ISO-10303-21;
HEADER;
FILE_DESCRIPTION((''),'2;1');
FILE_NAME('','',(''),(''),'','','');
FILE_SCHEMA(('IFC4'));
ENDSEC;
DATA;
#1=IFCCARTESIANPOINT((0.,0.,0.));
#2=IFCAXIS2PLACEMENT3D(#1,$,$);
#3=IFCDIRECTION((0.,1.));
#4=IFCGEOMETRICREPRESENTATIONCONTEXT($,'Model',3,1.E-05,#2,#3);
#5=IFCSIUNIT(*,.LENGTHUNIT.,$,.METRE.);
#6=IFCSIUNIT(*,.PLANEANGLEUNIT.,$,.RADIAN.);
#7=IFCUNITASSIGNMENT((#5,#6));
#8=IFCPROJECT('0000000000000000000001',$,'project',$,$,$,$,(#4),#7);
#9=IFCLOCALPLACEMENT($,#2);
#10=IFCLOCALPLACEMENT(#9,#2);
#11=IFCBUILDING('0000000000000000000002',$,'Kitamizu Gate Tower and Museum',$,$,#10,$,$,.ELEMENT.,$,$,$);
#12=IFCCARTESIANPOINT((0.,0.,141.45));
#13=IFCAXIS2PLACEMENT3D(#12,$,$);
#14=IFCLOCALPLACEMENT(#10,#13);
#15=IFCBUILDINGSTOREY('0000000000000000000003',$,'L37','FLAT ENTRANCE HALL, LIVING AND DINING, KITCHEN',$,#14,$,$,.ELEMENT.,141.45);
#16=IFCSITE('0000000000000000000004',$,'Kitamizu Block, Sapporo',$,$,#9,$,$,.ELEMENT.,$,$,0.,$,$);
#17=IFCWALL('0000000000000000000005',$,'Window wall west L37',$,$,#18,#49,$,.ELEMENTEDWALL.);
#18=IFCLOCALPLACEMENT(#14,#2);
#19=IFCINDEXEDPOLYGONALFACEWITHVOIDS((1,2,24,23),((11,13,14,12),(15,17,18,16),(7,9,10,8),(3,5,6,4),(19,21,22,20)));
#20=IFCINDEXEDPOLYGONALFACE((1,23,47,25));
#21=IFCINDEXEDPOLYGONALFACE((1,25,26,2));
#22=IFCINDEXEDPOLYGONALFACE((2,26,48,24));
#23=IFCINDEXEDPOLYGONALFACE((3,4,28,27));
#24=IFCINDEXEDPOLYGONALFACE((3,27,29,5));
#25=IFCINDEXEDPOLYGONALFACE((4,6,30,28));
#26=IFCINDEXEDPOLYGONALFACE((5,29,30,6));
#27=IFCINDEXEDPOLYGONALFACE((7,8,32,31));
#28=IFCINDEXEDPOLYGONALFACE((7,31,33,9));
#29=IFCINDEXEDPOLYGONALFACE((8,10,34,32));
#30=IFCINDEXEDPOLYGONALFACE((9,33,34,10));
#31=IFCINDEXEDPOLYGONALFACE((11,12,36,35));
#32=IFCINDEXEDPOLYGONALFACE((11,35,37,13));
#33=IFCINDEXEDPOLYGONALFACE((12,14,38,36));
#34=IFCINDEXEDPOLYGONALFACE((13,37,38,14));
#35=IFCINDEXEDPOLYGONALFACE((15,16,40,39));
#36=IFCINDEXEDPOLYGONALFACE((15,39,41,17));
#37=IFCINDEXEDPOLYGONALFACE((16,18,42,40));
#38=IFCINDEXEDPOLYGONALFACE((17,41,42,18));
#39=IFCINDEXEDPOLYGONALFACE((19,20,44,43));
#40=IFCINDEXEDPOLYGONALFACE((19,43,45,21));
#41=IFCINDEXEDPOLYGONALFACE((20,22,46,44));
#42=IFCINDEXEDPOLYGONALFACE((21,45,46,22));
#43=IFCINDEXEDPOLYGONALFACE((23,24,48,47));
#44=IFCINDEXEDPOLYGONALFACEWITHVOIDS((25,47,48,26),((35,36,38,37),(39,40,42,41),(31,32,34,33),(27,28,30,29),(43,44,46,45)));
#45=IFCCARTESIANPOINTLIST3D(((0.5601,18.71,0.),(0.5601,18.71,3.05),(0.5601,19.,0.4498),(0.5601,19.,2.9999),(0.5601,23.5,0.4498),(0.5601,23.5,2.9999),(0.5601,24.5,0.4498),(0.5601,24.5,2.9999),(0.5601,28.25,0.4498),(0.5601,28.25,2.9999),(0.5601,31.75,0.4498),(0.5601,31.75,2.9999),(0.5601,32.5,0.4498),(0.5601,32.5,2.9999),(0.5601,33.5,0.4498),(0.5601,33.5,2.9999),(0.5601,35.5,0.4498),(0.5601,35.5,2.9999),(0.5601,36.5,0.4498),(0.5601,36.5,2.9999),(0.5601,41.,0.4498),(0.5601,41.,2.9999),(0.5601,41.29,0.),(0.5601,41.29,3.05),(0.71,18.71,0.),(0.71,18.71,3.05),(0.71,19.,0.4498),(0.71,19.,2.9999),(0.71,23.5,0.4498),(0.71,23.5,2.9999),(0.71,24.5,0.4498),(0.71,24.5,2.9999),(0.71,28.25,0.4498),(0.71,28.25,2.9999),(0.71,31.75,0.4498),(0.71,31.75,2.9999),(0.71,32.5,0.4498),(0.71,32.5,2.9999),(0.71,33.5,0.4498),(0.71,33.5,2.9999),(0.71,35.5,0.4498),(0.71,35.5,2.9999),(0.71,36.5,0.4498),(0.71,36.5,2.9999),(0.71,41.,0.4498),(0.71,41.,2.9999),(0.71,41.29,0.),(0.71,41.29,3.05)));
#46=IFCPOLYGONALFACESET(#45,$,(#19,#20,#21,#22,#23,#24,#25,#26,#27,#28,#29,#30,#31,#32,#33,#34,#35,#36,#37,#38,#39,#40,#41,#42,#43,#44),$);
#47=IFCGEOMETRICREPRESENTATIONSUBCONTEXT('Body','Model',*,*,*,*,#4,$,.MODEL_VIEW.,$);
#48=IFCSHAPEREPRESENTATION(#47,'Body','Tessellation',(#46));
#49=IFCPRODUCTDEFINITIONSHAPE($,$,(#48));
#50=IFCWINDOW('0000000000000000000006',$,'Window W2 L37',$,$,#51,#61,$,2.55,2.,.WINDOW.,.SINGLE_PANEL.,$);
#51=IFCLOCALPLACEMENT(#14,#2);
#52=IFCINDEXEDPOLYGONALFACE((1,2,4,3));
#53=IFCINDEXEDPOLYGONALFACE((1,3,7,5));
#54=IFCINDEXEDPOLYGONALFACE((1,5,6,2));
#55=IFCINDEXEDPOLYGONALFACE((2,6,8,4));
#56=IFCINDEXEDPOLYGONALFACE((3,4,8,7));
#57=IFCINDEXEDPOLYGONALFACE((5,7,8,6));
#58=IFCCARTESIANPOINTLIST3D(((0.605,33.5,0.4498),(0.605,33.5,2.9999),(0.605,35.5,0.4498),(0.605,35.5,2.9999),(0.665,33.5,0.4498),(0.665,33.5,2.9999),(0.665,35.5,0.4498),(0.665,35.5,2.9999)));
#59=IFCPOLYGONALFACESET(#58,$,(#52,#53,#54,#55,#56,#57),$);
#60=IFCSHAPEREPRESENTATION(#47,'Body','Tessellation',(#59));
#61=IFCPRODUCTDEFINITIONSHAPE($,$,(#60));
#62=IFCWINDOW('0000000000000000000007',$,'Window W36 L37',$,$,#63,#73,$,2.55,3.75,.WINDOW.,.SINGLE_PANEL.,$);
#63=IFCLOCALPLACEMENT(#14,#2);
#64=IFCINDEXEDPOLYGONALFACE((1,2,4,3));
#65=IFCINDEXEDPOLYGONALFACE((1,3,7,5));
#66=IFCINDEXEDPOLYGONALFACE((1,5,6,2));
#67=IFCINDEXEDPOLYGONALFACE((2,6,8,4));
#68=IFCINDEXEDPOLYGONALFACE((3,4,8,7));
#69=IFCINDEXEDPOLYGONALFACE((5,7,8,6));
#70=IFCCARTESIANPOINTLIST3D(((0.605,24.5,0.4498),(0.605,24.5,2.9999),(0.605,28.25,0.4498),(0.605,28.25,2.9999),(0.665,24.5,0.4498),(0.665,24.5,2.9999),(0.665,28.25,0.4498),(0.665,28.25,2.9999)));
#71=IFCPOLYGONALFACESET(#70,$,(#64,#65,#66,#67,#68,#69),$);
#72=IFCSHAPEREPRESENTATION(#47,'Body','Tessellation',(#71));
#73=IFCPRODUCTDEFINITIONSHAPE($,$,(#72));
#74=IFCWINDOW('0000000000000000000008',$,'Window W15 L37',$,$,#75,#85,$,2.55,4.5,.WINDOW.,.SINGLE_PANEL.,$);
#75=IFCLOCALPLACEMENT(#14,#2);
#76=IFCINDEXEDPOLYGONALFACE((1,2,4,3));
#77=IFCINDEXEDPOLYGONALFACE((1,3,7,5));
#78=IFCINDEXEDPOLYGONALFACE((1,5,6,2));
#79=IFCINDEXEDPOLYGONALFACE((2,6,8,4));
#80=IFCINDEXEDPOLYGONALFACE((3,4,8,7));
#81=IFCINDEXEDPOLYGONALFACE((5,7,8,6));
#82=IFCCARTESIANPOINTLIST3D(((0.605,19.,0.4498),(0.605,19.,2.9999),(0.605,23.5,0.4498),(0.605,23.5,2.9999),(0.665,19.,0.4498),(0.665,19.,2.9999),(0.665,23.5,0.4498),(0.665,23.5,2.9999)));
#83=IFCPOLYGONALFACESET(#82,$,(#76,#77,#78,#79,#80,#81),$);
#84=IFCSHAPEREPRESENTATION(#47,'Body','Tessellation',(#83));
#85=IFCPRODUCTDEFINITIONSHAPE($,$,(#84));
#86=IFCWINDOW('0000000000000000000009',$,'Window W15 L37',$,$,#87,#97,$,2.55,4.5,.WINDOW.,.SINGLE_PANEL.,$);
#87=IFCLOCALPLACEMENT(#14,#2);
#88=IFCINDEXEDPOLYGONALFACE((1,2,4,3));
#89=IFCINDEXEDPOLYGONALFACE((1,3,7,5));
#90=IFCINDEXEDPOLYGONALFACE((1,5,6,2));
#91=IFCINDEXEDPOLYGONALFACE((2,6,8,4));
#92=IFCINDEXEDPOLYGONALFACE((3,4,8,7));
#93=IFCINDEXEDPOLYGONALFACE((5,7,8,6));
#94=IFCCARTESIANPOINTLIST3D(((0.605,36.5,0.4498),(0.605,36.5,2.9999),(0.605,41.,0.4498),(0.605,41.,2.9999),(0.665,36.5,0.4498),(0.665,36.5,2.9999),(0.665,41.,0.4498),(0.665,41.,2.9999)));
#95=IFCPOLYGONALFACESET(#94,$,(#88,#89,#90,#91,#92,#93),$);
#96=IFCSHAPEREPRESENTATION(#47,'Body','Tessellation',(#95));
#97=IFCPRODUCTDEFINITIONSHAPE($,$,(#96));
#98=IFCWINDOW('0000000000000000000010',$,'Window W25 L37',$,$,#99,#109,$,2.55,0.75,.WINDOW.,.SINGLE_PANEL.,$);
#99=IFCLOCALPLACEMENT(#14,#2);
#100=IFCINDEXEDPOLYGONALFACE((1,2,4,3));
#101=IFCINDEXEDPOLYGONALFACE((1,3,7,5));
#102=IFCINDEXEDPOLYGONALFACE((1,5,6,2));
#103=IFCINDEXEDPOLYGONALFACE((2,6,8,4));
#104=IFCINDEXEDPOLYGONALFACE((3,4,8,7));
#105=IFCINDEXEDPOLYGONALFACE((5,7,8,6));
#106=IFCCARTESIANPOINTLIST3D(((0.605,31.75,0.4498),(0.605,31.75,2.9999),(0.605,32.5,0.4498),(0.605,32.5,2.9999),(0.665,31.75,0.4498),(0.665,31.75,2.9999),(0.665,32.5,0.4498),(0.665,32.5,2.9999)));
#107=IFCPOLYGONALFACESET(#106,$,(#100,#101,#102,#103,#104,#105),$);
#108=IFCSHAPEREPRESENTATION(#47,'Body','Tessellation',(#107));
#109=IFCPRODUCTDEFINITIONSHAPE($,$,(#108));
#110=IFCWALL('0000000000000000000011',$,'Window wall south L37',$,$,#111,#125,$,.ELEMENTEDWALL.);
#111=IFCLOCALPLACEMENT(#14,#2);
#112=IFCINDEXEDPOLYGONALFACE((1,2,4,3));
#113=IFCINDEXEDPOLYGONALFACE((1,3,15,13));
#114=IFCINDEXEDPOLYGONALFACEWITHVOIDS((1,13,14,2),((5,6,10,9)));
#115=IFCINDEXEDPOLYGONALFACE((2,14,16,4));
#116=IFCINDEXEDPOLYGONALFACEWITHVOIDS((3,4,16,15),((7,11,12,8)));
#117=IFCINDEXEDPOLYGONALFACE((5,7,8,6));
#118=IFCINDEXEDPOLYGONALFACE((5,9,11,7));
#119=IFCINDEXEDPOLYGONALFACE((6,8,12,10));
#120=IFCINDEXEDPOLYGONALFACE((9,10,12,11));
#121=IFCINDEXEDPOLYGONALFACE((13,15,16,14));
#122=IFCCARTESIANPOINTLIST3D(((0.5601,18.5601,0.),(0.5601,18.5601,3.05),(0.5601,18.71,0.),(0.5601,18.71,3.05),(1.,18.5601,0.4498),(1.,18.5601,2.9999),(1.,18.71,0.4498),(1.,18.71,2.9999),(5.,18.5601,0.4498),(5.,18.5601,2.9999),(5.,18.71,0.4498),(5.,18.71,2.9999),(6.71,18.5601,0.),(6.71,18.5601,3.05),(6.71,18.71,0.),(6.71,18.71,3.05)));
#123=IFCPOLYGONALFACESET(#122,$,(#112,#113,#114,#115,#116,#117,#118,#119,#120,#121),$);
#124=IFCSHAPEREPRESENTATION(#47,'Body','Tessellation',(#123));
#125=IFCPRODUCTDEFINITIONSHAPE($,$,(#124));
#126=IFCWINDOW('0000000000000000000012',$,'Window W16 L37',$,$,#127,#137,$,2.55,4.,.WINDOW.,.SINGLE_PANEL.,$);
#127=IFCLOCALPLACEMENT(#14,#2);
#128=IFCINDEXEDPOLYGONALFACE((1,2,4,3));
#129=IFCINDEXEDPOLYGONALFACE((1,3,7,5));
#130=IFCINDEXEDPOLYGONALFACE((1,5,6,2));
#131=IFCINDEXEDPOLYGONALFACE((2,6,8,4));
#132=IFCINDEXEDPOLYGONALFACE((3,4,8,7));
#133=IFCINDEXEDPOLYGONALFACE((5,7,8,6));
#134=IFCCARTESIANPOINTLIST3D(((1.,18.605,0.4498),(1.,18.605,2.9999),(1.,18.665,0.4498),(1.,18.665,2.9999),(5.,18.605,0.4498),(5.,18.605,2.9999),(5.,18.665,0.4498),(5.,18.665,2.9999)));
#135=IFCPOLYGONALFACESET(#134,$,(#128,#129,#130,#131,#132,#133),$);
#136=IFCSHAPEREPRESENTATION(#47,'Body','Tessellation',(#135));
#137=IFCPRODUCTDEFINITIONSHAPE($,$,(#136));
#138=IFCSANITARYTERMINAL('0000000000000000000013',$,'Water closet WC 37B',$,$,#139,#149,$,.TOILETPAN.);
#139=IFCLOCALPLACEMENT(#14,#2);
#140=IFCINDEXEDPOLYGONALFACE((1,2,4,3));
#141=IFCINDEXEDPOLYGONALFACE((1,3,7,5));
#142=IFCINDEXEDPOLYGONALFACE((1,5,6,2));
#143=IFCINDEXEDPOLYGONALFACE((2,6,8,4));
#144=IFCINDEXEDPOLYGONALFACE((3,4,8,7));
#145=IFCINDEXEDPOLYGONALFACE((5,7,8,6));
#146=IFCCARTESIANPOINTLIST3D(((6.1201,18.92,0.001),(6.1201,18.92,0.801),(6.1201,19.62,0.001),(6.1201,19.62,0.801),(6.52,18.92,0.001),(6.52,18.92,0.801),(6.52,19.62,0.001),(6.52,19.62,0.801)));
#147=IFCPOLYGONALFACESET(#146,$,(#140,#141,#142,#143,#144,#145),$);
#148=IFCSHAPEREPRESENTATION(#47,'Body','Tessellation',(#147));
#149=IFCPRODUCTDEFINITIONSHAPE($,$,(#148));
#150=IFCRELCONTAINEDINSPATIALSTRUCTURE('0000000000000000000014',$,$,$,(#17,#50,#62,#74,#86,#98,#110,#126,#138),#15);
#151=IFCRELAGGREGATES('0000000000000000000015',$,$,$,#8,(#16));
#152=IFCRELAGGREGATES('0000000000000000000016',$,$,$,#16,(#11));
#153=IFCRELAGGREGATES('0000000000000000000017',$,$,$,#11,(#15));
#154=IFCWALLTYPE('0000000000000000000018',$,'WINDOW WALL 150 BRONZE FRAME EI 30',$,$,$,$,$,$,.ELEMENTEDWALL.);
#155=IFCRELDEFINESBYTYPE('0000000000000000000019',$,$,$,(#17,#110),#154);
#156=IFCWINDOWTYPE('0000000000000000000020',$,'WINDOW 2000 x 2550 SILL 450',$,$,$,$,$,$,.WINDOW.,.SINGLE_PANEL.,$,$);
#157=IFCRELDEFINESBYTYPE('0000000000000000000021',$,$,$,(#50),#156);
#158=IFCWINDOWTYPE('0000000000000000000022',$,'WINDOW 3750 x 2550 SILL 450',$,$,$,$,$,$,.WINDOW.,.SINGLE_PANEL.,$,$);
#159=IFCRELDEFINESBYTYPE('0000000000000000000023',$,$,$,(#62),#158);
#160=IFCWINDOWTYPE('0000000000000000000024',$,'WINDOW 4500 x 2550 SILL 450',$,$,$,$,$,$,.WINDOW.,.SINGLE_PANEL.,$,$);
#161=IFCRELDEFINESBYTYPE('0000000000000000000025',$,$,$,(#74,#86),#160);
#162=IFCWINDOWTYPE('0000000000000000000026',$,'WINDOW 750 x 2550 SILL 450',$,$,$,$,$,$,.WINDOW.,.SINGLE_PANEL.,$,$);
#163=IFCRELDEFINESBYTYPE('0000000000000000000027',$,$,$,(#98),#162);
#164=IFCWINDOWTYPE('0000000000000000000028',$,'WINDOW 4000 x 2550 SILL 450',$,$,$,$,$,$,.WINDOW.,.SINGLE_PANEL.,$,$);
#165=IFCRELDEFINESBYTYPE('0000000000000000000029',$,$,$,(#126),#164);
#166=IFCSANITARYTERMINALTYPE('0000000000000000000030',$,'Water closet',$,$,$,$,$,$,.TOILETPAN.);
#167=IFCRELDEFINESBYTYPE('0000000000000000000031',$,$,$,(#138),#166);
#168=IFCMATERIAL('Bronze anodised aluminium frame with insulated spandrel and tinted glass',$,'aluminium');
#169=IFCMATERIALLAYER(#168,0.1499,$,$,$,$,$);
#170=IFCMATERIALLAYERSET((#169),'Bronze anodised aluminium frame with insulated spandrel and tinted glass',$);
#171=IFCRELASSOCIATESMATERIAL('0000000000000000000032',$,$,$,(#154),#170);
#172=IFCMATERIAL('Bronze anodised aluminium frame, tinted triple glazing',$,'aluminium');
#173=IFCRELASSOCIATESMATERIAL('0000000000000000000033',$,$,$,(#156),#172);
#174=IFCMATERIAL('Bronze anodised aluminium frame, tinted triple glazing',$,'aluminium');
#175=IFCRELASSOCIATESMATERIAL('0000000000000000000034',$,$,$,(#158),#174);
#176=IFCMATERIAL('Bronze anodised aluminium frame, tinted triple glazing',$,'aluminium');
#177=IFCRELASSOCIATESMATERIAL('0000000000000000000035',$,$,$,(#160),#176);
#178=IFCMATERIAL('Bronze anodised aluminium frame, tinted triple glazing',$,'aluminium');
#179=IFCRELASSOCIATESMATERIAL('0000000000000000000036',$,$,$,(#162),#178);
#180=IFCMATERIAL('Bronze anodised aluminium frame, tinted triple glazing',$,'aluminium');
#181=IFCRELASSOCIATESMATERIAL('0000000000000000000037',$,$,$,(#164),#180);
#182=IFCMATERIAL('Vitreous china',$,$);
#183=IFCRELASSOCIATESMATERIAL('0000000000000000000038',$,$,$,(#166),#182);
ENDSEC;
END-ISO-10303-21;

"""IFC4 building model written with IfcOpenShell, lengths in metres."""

from ifc_helpers import new_model, si_unit, direction, frame, frame_2d, origin, origin_2d, place, context, subcontext, project, spatial, rectangle, extrude, material, layer, layer_set, type_object, element, fill, save


model = new_model("IFC4")

# Units and contexts
model_context = context("Model", 3, precision=1e-05, world=origin(), true_north=direction((0.0, 1.0)))
body_context = subcontext(model_context, "Body", "Model", "MODEL_VIEW")
ifc_project = project(units=[si_unit("LENGTHUNIT", "METRE"), si_unit("PLANEANGLEUNIT", "RADIAN")], contexts=[model_context])

# Site, building, storey
site_placement = place(None, origin())
site = spatial("IfcSite", under=ifc_project, at=site_placement, Name="Kitamizu Block, Sapporo", CompositionType="ELEMENT", RefElevation=0.0)
building_placement = place(site_placement, origin())
building = spatial("IfcBuilding", under=site, at=building_placement, Name="Kitamizu Gate Tower and Museum", CompositionType="ELEMENT")
storey_placement = place(building_placement, frame((0.0, 0.0, 141.45)))
storey = spatial("IfcBuildingStorey", under=building, at=storey_placement, Name="L37", Description="FLAT ENTRANCE HALL, LIVING AND DINING, KITCHEN", CompositionType="ELEMENT", Elevation=141.45)

# Wall, openings, windows
ifc_material_1 = material(Name="Bronze anodised aluminium frame with insulated spandrel and tinted glass", Category="aluminium")
ifc_layer_1 = layer(ifc_material_1, 0.1499)
ifc_layer_set_1 = layer_set([ifc_layer_1], Name="Bronze anodised aluminium frame with insulated spandrel and tinted glass")
wall_type_1 = type_object("IfcWallType", Name="WINDOW WALL 150 BRONZE FRAME EI 30", PredefinedType="ELEMENTEDWALL", material=ifc_layer_set_1)
wall_1_placement = place(storey_placement, frame((0.635, 18.71, 0.0), z_axis=(0.0, 0.0, 1.0), x_axis=(0.0, 1.0, 0.0)))
wall_1 = element("IfcWall", 1, at=wall_1_placement, inside=storey, type_object=wall_type_1, Name="Window wall west L37", PredefinedType="ELEMENTEDWALL", context=body_context, shape_type="SweptSolid", body=[
    extrude(rectangle(XDim=22.5801, YDim=0.1499, at=frame_2d((11.29, 0.0))), origin(), (0.0, 0.0, 1.0), 3.05),
])
opening_1_placement = place(wall_1_placement, frame((0.29, 0.0, 0.45)))
opening_1 = element("IfcOpeningElement", 2, at=opening_1_placement, cuts=wall_1, PredefinedType="OPENING", context=body_context, shape_type="SweptSolid", body=[
    extrude(rectangle(XDim=4.5, YDim=2.55, at=frame_2d((2.25, 1.2749))), frame((0.0, 0.085, 0.0), z_axis=(0.0, -1.0, 0.0), x_axis=(1.0, 0.0, 0.0)), (0.0, 0.0, 1.0), 0.1699),
])
opening_2_placement = place(wall_1_placement, frame((5.79, 0.0, 0.45)))
opening_2 = element("IfcOpeningElement", 3, at=opening_2_placement, cuts=wall_1, PredefinedType="OPENING", context=body_context, shape_type="SweptSolid", body=[
    extrude(rectangle(XDim=3.75, YDim=2.55, at=frame_2d((1.875, 1.2749))), frame((0.0, 0.085, 0.0), z_axis=(0.0, -1.0, 0.0), x_axis=(1.0, 0.0, 0.0)), (0.0, 0.0, 1.0), 0.1699),
])
opening_3_placement = place(wall_1_placement, frame((13.04, 0.0, 0.45)))
opening_3 = element("IfcOpeningElement", 4, at=opening_3_placement, cuts=wall_1, PredefinedType="OPENING", context=body_context, shape_type="SweptSolid", body=[
    extrude(rectangle(XDim=0.75, YDim=2.55, at=frame_2d((0.375, 1.2749))), frame((0.0, 0.085, 0.0), z_axis=(0.0, -1.0, 0.0), x_axis=(1.0, 0.0, 0.0)), (0.0, 0.0, 1.0), 0.1699),
])
opening_4_placement = place(wall_1_placement, frame((14.79, 0.0, 0.45)))
opening_4 = element("IfcOpeningElement", 5, at=opening_4_placement, cuts=wall_1, PredefinedType="OPENING", context=body_context, shape_type="SweptSolid", body=[
    extrude(rectangle(XDim=2.0, YDim=2.55, at=frame_2d((1.0, 1.2749))), frame((0.0, 0.085, 0.0), z_axis=(0.0, -1.0, 0.0), x_axis=(1.0, 0.0, 0.0)), (0.0, 0.0, 1.0), 0.1699),
])
opening_5_placement = place(wall_1_placement, frame((17.79, 0.0, 0.45)))
opening_5 = element("IfcOpeningElement", 6, at=opening_5_placement, cuts=wall_1, PredefinedType="OPENING", context=body_context, shape_type="SweptSolid", body=[
    extrude(rectangle(XDim=4.5, YDim=2.55, at=frame_2d((2.25, 1.2749))), frame((0.0, 0.085, 0.0), z_axis=(0.0, -1.0, 0.0), x_axis=(1.0, 0.0, 0.0)), (0.0, 0.0, 1.0), 0.1699),
])
ifc_material_2 = material(Name="Bronze anodised aluminium frame, tinted triple glazing", Category="aluminium")
window_type_1 = type_object("IfcWindowType", Name="WINDOW 2000 x 2550 SILL 450", PartitioningType="SINGLE_PANEL", PredefinedType="WINDOW", material=ifc_material_2)
window_1_placement = place(opening_4_placement, origin())
window_1 = element("IfcWindow", 7, at=window_1_placement, inside=storey, type_object=window_type_1, Name="Window W2 L37", OverallHeight=2.55, OverallWidth=2.0, PartitioningType="SINGLE_PANEL", PredefinedType="WINDOW", context=body_context, shape_type="SweptSolid", body=[
    extrude(rectangle(XDim=2.0, YDim=2.55, at=frame_2d((1.0, 1.2749))), frame((0.0, 0.03, 0.0), z_axis=(0.0, -1.0, 0.0), x_axis=(1.0, 0.0, 0.0)), (0.0, 0.0, 1.0), 0.0601),
])
fill(opening_4, window_1)
ifc_material_3 = material(Name="Bronze anodised aluminium frame, tinted triple glazing", Category="aluminium")
window_type_2 = type_object("IfcWindowType", Name="WINDOW 3750 x 2550 SILL 450", PartitioningType="SINGLE_PANEL", PredefinedType="WINDOW", material=ifc_material_3)
window_2_placement = place(opening_2_placement, origin())
window_2 = element("IfcWindow", 8, at=window_2_placement, inside=storey, type_object=window_type_2, Name="Window W36 L37", OverallHeight=2.55, OverallWidth=3.75, PartitioningType="SINGLE_PANEL", PredefinedType="WINDOW", context=body_context, shape_type="SweptSolid", body=[
    extrude(rectangle(XDim=3.75, YDim=2.55, at=frame_2d((1.875, 1.2749))), frame((0.0, 0.03, 0.0), z_axis=(0.0, -1.0, 0.0), x_axis=(1.0, 0.0, 0.0)), (0.0, 0.0, 1.0), 0.0601),
])
fill(opening_2, window_2)
ifc_material_4 = material(Name="Bronze anodised aluminium frame, tinted triple glazing", Category="aluminium")
window_type_3 = type_object("IfcWindowType", Name="WINDOW 4500 x 2550 SILL 450", PartitioningType="SINGLE_PANEL", PredefinedType="WINDOW", material=ifc_material_4)
window_3_placement = place(opening_1_placement, origin())
window_3 = element("IfcWindow", 9, at=window_3_placement, inside=storey, type_object=window_type_3, Name="Window W15 L37", OverallHeight=2.55, OverallWidth=4.5, PartitioningType="SINGLE_PANEL", PredefinedType="WINDOW", context=body_context, shape_type="SweptSolid", body=[
    extrude(rectangle(XDim=4.5, YDim=2.55, at=frame_2d((2.25, 1.2749))), frame((0.0, 0.03, 0.0), z_axis=(0.0, -1.0, 0.0), x_axis=(1.0, 0.0, 0.0)), (0.0, 0.0, 1.0), 0.0601),
])
fill(opening_1, window_3)
window_4_placement = place(opening_5_placement, origin())
window_4 = element("IfcWindow", 10, at=window_4_placement, inside=storey, type_object=window_type_3, Name="Window W15 L37", OverallHeight=2.55, OverallWidth=4.5, PartitioningType="SINGLE_PANEL", PredefinedType="WINDOW", context=body_context, shape_type="SweptSolid", body=[
    extrude(rectangle(XDim=4.5, YDim=2.55, at=frame_2d((2.25, 1.2749))), frame((0.0, 0.03, 0.0), z_axis=(0.0, -1.0, 0.0), x_axis=(1.0, 0.0, 0.0)), (0.0, 0.0, 1.0), 0.0601),
])
fill(opening_5, window_4)
ifc_material_5 = material(Name="Bronze anodised aluminium frame, tinted triple glazing", Category="aluminium")
window_type_4 = type_object("IfcWindowType", Name="WINDOW 750 x 2550 SILL 450", PartitioningType="SINGLE_PANEL", PredefinedType="WINDOW", material=ifc_material_5)
window_5_placement = place(opening_3_placement, origin())
window_5 = element("IfcWindow", 11, at=window_5_placement, inside=storey, type_object=window_type_4, Name="Window W25 L37", OverallHeight=2.55, OverallWidth=0.75, PartitioningType="SINGLE_PANEL", PredefinedType="WINDOW", context=body_context, shape_type="SweptSolid", body=[
    extrude(rectangle(XDim=0.75, YDim=2.55, at=frame_2d((0.375, 1.2749))), frame((0.0, 0.03, 0.0), z_axis=(0.0, -1.0, 0.0), x_axis=(1.0, 0.0, 0.0)), (0.0, 0.0, 1.0), 0.0601),
])
fill(opening_3, window_5)

# Wall, opening, window
wall_2_placement = place(storey_placement, frame((0.5601, 18.635, 0.0), z_axis=(0.0, 0.0, 1.0), x_axis=(1.0, 0.0, 0.0)))
wall_2 = element("IfcWall", 12, at=wall_2_placement, inside=storey, type_object=wall_type_1, Name="Window wall south L37", PredefinedType="ELEMENTEDWALL", context=body_context, shape_type="SweptSolid", body=[
    extrude(rectangle(XDim=6.1499, YDim=0.1499, at=frame_2d((3.075, 0.0))), origin(), (0.0, 0.0, 1.0), 3.05),
])
opening_6_placement = place(wall_2_placement, frame((0.4399, 0.0, 0.45)))
opening_6 = element("IfcOpeningElement", 13, at=opening_6_placement, cuts=wall_2, PredefinedType="OPENING", context=body_context, shape_type="SweptSolid", body=[
    extrude(rectangle(XDim=4.0, YDim=2.55, at=frame_2d((2.0, 1.2749))), frame((0.0, 0.085, 0.0), z_axis=(0.0, -1.0, 0.0), x_axis=(1.0, 0.0, 0.0)), (0.0, 0.0, 1.0), 0.1699),
])
ifc_material_6 = material(Name="Bronze anodised aluminium frame, tinted triple glazing", Category="aluminium")
window_type_5 = type_object("IfcWindowType", Name="WINDOW 4000 x 2550 SILL 450", PartitioningType="SINGLE_PANEL", PredefinedType="WINDOW", material=ifc_material_6)
window_6_placement = place(opening_6_placement, origin())
window_6 = element("IfcWindow", 14, at=window_6_placement, inside=storey, type_object=window_type_5, Name="Window W16 L37", OverallHeight=2.55, OverallWidth=4.0, PartitioningType="SINGLE_PANEL", PredefinedType="WINDOW", context=body_context, shape_type="SweptSolid", body=[
    extrude(rectangle(XDim=4.0, YDim=2.55, at=frame_2d((2.0, 1.2749))), frame((0.0, 0.03, 0.0), z_axis=(0.0, -1.0, 0.0), x_axis=(1.0, 0.0, 0.0)), (0.0, 0.0, 1.0), 0.0601),
])
fill(opening_6, window_6)

# Sanitary terminal
ifc_material_7 = material(Name="Vitreous china")
sanitary_terminal_type = type_object("IfcSanitaryTerminalType", Name="Water closet", PredefinedType="TOILETPAN", material=ifc_material_7)
sanitary_terminal_placement = place(storey_placement, frame((6.3201, 19.27, 0.001), z_axis=(0.0, 0.0, 1.0), x_axis=(1.0, 0.0, 0.0)))
element("IfcSanitaryTerminal", 15, at=sanitary_terminal_placement, inside=storey, type_object=sanitary_terminal_type, Name="Water closet WC 37B", PredefinedType="TOILETPAN", context=body_context, shape_type="SweptSolid", body=[
    extrude(rectangle(XDim=0.3999, YDim=0.7, at=origin_2d()), origin(), (0.0, 0.0, 1.0), 0.8),
])

save(model, "model.ifc")
